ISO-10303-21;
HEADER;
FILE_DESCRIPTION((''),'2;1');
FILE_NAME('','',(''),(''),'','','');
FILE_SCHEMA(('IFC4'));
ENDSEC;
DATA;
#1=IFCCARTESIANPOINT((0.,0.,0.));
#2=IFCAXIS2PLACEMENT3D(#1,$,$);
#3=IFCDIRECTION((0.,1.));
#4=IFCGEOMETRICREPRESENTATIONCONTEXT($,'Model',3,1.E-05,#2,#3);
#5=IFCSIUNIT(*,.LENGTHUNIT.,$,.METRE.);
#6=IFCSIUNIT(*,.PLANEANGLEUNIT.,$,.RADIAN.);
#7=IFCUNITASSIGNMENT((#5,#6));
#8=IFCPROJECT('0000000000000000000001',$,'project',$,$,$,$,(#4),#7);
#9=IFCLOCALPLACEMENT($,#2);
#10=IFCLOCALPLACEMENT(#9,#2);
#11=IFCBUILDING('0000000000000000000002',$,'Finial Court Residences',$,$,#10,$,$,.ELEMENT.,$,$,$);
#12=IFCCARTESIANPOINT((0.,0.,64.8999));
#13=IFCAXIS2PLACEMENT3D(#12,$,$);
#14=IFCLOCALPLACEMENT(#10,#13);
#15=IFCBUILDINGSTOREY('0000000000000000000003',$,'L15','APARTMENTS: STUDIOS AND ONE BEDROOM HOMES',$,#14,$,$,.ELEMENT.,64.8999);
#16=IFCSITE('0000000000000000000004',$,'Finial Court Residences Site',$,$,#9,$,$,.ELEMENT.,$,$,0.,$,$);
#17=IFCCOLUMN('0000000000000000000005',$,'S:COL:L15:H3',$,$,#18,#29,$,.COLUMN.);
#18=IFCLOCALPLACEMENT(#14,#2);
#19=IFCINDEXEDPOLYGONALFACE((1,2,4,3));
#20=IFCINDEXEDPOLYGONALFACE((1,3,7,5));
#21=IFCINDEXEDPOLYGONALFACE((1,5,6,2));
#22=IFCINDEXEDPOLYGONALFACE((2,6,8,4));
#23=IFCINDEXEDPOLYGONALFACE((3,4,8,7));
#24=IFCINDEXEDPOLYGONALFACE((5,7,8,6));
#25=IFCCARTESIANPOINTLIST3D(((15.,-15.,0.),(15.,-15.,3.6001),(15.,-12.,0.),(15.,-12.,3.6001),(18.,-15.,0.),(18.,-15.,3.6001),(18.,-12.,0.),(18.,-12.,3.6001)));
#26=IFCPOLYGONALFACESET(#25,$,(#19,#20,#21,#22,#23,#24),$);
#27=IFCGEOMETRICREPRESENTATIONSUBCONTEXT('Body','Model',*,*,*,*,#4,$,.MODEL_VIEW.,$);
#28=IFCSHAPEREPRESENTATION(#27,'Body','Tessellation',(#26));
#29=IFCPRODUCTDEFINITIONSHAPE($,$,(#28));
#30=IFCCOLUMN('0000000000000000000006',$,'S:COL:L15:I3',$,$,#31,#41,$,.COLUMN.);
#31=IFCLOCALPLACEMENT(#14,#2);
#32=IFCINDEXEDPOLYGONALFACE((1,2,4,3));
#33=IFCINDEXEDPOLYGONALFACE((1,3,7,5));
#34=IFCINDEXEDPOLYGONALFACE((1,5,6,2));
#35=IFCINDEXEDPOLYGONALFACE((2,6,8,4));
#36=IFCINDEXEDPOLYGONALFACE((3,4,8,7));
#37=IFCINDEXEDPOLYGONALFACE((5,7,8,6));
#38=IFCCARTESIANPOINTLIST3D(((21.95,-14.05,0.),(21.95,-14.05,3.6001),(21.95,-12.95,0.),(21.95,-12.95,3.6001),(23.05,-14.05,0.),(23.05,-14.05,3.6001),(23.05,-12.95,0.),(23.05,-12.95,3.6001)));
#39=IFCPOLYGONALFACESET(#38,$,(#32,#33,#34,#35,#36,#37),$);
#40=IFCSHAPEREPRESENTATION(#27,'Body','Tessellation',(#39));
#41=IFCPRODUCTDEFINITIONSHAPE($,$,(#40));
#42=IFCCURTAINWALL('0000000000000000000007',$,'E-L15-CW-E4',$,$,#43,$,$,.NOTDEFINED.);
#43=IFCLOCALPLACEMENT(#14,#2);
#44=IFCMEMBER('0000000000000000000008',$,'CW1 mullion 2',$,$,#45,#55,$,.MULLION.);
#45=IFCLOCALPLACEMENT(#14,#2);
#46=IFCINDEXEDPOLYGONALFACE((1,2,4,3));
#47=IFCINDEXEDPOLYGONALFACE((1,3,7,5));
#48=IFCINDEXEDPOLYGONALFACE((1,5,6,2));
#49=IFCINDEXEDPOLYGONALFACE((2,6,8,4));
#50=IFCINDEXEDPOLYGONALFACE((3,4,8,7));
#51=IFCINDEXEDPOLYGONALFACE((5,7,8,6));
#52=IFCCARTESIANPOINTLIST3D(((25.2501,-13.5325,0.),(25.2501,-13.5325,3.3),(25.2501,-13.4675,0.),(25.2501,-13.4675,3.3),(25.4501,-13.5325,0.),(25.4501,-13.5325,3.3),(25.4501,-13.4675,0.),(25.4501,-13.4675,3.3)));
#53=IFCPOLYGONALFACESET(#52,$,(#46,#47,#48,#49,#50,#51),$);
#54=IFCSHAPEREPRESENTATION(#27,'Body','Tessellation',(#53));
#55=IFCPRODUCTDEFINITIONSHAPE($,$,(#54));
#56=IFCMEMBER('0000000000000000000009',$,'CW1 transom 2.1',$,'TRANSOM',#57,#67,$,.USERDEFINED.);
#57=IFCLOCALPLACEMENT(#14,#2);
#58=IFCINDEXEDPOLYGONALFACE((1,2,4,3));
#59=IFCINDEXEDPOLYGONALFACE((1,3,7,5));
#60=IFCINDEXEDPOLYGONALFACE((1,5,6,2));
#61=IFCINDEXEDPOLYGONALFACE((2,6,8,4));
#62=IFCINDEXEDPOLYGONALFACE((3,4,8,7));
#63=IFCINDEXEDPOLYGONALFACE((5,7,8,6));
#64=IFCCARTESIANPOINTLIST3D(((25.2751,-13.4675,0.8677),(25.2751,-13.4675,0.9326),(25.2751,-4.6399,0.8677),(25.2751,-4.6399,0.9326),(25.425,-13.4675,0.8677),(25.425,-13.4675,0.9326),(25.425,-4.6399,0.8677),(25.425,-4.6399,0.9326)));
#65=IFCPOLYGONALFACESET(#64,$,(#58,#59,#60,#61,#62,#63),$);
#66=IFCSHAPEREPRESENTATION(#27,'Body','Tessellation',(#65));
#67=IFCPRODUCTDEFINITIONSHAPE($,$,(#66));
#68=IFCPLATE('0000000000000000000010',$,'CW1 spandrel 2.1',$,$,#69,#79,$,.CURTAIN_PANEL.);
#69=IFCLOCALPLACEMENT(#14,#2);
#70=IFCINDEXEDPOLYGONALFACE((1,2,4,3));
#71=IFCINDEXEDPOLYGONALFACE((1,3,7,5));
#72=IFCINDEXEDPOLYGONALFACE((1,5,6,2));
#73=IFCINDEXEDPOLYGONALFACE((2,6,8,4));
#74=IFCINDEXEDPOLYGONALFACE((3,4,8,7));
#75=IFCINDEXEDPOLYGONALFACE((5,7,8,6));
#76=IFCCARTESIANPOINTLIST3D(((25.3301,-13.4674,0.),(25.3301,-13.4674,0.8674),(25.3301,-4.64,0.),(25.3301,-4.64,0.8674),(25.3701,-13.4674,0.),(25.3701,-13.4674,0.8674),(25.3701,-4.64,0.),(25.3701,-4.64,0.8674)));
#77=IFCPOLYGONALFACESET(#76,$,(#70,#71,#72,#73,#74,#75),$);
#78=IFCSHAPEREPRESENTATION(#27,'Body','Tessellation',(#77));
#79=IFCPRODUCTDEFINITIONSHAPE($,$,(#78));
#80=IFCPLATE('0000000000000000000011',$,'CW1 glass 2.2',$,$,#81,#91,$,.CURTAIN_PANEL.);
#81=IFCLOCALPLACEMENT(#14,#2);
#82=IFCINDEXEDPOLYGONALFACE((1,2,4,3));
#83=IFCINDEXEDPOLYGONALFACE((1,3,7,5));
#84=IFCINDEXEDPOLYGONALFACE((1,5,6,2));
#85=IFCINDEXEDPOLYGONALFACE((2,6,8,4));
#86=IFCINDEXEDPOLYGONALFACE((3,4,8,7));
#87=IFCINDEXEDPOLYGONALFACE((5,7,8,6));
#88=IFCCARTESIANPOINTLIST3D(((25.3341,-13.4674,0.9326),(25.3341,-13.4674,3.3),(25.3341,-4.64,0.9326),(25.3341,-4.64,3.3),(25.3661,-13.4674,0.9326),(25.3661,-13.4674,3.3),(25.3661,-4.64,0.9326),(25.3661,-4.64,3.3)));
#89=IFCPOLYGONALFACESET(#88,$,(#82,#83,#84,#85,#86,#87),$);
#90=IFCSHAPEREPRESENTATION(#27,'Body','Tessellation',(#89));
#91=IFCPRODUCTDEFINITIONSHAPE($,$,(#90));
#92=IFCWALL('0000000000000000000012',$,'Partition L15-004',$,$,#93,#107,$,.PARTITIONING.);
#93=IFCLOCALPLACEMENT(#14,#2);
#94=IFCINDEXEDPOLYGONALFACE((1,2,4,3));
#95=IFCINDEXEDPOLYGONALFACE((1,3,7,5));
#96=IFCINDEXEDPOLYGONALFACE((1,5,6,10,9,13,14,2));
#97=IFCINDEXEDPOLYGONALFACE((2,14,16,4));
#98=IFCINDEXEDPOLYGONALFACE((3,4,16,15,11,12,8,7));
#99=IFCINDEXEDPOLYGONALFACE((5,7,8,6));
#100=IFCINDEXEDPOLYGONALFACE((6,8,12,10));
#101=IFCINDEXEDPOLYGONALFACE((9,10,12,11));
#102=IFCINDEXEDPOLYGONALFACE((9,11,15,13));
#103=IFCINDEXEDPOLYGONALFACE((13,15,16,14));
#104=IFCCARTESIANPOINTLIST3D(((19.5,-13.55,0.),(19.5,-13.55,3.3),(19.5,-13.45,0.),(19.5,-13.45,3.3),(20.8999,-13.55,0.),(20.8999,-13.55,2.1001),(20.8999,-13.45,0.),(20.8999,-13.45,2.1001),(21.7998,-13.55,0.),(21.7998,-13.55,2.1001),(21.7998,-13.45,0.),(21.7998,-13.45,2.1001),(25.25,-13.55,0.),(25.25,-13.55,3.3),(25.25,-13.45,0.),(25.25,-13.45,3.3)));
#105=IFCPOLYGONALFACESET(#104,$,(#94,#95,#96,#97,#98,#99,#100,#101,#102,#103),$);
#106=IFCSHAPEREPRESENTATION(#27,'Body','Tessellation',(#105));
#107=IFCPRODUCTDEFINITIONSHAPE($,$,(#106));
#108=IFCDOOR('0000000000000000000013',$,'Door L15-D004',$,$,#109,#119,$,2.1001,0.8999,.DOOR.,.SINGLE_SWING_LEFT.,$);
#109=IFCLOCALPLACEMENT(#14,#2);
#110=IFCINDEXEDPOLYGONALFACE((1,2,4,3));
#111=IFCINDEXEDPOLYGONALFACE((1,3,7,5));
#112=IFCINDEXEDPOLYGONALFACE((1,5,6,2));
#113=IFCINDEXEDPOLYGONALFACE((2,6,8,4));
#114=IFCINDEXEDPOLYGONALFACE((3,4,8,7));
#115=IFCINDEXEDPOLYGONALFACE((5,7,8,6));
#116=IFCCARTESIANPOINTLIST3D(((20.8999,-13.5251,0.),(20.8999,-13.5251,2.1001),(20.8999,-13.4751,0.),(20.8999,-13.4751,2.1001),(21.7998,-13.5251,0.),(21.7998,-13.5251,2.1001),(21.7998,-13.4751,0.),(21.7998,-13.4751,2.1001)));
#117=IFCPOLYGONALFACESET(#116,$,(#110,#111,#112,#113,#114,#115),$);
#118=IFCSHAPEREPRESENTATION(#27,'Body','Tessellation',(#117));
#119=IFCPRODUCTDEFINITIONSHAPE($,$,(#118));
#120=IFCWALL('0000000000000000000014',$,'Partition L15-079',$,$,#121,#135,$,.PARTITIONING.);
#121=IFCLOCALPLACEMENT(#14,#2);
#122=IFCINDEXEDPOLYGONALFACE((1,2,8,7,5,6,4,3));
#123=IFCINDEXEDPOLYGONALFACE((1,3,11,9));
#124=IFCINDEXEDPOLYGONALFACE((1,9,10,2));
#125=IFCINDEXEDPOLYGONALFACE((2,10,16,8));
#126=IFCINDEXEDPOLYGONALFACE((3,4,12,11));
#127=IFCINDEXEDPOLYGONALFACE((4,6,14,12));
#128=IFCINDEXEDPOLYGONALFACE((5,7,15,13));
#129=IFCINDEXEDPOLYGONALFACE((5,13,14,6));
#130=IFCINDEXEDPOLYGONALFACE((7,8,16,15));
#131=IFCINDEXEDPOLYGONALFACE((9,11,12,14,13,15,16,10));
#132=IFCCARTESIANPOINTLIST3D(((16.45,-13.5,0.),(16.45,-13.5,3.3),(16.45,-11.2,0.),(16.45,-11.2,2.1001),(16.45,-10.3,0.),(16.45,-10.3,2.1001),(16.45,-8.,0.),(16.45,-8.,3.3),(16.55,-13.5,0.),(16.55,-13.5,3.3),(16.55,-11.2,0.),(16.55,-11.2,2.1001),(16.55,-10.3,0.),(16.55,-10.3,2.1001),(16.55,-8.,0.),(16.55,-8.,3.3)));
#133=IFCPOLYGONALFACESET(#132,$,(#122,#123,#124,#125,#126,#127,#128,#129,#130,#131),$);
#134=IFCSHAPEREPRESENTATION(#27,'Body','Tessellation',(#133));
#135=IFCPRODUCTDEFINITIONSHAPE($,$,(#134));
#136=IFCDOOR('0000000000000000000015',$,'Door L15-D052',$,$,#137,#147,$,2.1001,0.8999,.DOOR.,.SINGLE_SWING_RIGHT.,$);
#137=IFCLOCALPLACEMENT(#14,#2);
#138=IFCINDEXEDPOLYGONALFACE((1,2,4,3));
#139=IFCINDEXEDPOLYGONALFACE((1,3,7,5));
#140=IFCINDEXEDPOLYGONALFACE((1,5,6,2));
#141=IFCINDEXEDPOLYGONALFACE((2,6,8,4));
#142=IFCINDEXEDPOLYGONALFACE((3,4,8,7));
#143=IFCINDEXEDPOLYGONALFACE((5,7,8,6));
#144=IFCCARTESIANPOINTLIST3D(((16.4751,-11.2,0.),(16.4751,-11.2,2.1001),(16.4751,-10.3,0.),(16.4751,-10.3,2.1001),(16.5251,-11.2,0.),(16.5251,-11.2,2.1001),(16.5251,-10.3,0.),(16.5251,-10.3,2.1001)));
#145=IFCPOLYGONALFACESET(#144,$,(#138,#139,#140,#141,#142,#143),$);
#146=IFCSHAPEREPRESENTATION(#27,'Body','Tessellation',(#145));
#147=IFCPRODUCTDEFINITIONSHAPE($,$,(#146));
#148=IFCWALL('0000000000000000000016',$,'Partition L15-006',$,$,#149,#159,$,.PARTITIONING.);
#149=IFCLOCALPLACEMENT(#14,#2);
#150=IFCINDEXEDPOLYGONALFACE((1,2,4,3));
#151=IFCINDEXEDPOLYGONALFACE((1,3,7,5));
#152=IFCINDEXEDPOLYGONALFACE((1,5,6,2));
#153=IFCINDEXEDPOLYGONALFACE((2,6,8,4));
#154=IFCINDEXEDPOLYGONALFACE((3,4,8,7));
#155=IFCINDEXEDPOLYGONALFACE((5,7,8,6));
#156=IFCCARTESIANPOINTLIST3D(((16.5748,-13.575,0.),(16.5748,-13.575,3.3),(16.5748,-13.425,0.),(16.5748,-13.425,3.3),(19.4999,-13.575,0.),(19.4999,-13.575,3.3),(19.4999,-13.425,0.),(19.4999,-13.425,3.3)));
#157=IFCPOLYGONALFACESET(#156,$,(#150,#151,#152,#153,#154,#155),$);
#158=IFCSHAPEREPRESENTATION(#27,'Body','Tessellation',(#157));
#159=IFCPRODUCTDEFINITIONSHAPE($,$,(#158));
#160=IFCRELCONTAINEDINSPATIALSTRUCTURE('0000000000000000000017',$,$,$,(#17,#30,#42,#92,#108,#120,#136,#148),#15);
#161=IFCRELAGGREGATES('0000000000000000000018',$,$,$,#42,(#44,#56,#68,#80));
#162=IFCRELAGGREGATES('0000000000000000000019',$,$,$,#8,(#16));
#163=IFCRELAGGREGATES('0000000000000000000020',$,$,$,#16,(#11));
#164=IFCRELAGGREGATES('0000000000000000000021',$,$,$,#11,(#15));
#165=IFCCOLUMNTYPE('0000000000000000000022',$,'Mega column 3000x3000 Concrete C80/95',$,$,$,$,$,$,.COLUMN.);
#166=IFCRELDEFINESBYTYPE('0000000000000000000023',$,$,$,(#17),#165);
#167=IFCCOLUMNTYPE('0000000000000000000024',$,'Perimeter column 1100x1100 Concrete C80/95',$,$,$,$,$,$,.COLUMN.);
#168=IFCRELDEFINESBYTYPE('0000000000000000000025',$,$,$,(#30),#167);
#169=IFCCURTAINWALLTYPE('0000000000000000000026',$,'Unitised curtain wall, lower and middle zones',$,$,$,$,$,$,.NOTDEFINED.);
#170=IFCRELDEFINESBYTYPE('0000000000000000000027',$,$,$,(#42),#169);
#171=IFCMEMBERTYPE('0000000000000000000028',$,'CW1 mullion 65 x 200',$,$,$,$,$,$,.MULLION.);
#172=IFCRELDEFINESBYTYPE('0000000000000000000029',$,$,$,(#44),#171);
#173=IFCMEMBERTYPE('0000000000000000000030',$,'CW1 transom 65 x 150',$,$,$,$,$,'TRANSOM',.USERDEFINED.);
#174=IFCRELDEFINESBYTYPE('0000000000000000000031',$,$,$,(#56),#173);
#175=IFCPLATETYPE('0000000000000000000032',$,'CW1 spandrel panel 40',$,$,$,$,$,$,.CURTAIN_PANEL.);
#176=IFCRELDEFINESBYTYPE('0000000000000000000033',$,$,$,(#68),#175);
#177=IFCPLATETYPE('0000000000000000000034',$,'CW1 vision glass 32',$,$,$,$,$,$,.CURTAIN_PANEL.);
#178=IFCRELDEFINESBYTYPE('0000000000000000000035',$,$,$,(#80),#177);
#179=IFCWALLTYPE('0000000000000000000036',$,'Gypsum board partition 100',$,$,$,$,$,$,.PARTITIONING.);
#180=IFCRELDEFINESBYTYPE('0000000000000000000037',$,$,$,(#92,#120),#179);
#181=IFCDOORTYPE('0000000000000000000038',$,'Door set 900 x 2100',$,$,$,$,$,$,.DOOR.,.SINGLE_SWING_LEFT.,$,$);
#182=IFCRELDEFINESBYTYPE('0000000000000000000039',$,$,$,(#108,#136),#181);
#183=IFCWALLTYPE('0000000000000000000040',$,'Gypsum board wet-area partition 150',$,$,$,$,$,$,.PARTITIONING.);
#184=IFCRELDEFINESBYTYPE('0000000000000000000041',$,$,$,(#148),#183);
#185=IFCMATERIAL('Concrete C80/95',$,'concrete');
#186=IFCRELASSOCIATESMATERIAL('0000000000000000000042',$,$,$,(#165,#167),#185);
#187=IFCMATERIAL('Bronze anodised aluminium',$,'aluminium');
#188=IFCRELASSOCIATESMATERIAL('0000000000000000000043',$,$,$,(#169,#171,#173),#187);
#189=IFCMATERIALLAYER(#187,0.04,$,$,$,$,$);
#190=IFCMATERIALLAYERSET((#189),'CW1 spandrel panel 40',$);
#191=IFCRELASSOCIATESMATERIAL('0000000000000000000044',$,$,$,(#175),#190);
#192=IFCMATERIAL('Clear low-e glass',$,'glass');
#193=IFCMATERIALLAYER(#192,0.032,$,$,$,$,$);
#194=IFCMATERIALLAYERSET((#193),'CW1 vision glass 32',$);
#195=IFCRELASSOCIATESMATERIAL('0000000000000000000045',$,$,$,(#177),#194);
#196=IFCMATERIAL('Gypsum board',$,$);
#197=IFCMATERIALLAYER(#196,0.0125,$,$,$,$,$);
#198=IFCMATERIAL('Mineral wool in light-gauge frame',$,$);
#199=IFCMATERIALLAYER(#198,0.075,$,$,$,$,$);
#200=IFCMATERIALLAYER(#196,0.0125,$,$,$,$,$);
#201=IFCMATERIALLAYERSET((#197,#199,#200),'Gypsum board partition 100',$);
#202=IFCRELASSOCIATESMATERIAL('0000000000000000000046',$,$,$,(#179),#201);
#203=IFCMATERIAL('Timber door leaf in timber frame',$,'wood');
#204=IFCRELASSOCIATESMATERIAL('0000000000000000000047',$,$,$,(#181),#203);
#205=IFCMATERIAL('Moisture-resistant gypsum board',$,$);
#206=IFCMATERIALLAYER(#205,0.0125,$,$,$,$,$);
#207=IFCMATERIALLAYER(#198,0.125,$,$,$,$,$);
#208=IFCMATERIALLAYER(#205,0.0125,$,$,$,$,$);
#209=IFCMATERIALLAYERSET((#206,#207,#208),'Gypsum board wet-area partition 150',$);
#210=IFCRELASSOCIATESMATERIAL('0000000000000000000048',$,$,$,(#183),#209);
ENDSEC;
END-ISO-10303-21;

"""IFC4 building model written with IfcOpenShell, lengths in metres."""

from ifc_helpers import new_model, si_unit, direction, frame, frame_2d, origin, origin_2d, place, context, subcontext, project, spatial, rectangle, extrude, material, layer, layer_set, material_profile, profile_set, type_object, element, fill, aggregate, save


model = new_model("IFC4")

# Units and contexts
model_context = context("Model", 3, precision=1e-05, world=origin(), true_north=direction((0.0, 1.0)))
body_context = subcontext(model_context, "Body", "Model", "MODEL_VIEW")
ifc_project = project(units=[si_unit("LENGTHUNIT", "METRE"), si_unit("PLANEANGLEUNIT", "RADIAN")], contexts=[model_context])

# Site, building, storey
site_placement = place(None, origin())
site = spatial("IfcSite", under=ifc_project, at=site_placement, Name="Finial Court Residences Site", CompositionType="ELEMENT", RefElevation=0.0)
building_placement = place(site_placement, origin())
building = spatial("IfcBuilding", under=site, at=building_placement, Name="Finial Court Residences", CompositionType="ELEMENT")
storey_placement = place(building_placement, frame((0.0, 0.0, 64.8999)))
storey = spatial("IfcBuildingStorey", under=building, at=storey_placement, Name="L15", Description="APARTMENTS: STUDIOS AND ONE BEDROOM HOMES", CompositionType="ELEMENT", Elevation=64.8999)

# Columns
ifc_material_1 = material(Name="Concrete C80/95", Category="concrete")
ifc_material_profile_1 = material_profile(ifc_material_1, rectangle(XDim=3.0, YDim=3.0, at=origin_2d()), Name="3000x3000")
ifc_profile_set_1 = profile_set([ifc_material_profile_1], Name="Concrete C80/95")
column_type_1 = type_object("IfcColumnType", Name="Mega column 3000x3000 Concrete C80/95", PredefinedType="COLUMN", material=ifc_profile_set_1)
column_1_placement = place(storey_placement, frame((16.5, -13.5, 0.0), z_axis=(0.0, 0.0, 1.0), x_axis=(1.0, 0.0, 0.0)))
element("IfcColumn", 1, at=column_1_placement, inside=storey, type_object=column_type_1, Name="S:COL:L15:H3", PredefinedType="COLUMN", context=body_context, shape_type="SweptSolid", body=[
    extrude(rectangle(XDim=3.0, YDim=3.0, at=origin_2d()), origin(), (0.0, 0.0, 1.0), 3.6001),
])
ifc_material_profile_2 = material_profile(ifc_material_1, rectangle(XDim=1.1001, YDim=1.1001, at=origin_2d()), Name="1100x1100")
ifc_profile_set_2 = profile_set([ifc_material_profile_2], Name="Concrete C80/95")
column_type_2 = type_object("IfcColumnType", Name="Perimeter column 1100x1100 Concrete C80/95", PredefinedType="COLUMN", material=ifc_profile_set_2)
column_2_placement = place(storey_placement, frame((22.5, -13.5, 0.0), z_axis=(0.0, 0.0, 1.0), x_axis=(1.0, 0.0, 0.0)))
element("IfcColumn", 2, at=column_2_placement, inside=storey, type_object=column_type_2, Name="S:COL:L15:I3", PredefinedType="COLUMN", context=body_context, shape_type="SweptSolid", body=[
    extrude(rectangle(XDim=1.1001, YDim=1.1001, at=origin_2d()), origin(), (0.0, 0.0, 1.0), 3.6001),
])

# Curtain wall, members, plates
ifc_material_2 = material(Name="Bronze anodised aluminium", Category="aluminium")
curtain_wall_type = type_object("IfcCurtainWallType", Name="Unitised curtain wall, lower and middle zones", PredefinedType="NOTDEFINED", material=ifc_material_2)
curtain_wall_placement = place(storey_placement, origin())
curtain_wall = element("IfcCurtainWall", 3, at=curtain_wall_placement, inside=storey, type_object=curtain_wall_type, Name="E-L15-CW-E4", PredefinedType="NOTDEFINED")
ifc_material_profile_3 = material_profile(ifc_material_2, rectangle(XDim=0.2, YDim=0.0649, at=origin_2d()), Name="CW1 mullion 65 x 200")
ifc_profile_set_3 = profile_set([ifc_material_profile_3], Name="Bronze anodised aluminium")
member_type_1 = type_object("IfcMemberType", Name="CW1 mullion 65 x 200", PredefinedType="MULLION", material=ifc_profile_set_3)
member_1_placement = place(storey_placement, frame((25.3501, -13.5, 0.0), z_axis=(0.0, 0.0, 1.0), x_axis=(-1.0, 0.0, 0.0)))
member_1 = element("IfcMember", 4, at=member_1_placement, type_object=member_type_1, Name="CW1 mullion 2", PredefinedType="MULLION", context=body_context, shape_type="SweptSolid", body=[
    extrude(rectangle(XDim=0.2, YDim=0.0649, at=origin_2d()), origin(), (0.0, 0.0, 1.0), 3.3),
])
ifc_material_profile_4 = material_profile(ifc_material_2, rectangle(XDim=0.1499, YDim=0.0649, at=origin_2d()), Name="CW1 transom 65 x 150")
ifc_profile_set_4 = profile_set([ifc_material_profile_4], Name="Bronze anodised aluminium")
member_type_2 = type_object("IfcMemberType", Name="CW1 transom 65 x 150", ElementType="TRANSOM", PredefinedType="USERDEFINED", material=ifc_profile_set_4)
member_2_placement = place(storey_placement, frame((25.3501, -13.4675, 0.9001), z_axis=(0.0, 1.0, 0.0), x_axis=(-1.0, 0.0, 0.0)))
member_2 = element("IfcMember", 5, at=member_2_placement, type_object=member_type_2, Name="CW1 transom 2.1", ObjectType="TRANSOM", PredefinedType="USERDEFINED", context=body_context, shape_type="SweptSolid", body=[
    extrude(rectangle(XDim=0.1499, YDim=0.0649, at=origin_2d()), origin(), (0.0, 0.0, 1.0), 8.8276),
])
ifc_layer_1 = layer(ifc_material_2, 0.04)
ifc_layer_set_1 = layer_set([ifc_layer_1], Name="CW1 spandrel panel 40")
plate_type_1 = type_object("IfcPlateType", Name="CW1 spandrel panel 40", PredefinedType="CURTAIN_PANEL", material=ifc_layer_set_1)
plate_1_placement = place(storey_placement, frame((25.3501, -9.0537, 0.0), z_axis=(0.0, 0.0, 1.0), x_axis=(0.0, 1.0, 0.0)))
plate_1 = element("IfcPlate", 6, at=plate_1_placement, type_object=plate_type_1, Name="CW1 spandrel 2.1", PredefinedType="CURTAIN_PANEL", context=body_context, shape_type="SweptSolid", body=[
    extrude(rectangle(XDim=8.8274, YDim=0.04, at=origin_2d()), origin(), (0.0, 0.0, 1.0), 0.8674),
])
ifc_material_3 = material(Name="Clear low-e glass", Category="glass")
ifc_layer_2 = layer(ifc_material_3, 0.032)
ifc_layer_set_2 = layer_set([ifc_layer_2], Name="CW1 vision glass 32")
plate_type_2 = type_object("IfcPlateType", Name="CW1 vision glass 32", PredefinedType="CURTAIN_PANEL", material=ifc_layer_set_2)
plate_2_placement = place(storey_placement, frame((25.3501, -9.0537, 0.9326), z_axis=(0.0, 0.0, 1.0), x_axis=(0.0, 1.0, 0.0)))
plate_2 = element("IfcPlate", 7, at=plate_2_placement, type_object=plate_type_2, Name="CW1 glass 2.2", PredefinedType="CURTAIN_PANEL", context=body_context, shape_type="SweptSolid", body=[
    extrude(rectangle(XDim=8.8274, YDim=0.032, at=origin_2d()), origin(), (0.0, 0.0, 1.0), 2.3674),
])
aggregate(curtain_wall, [member_1, member_2, plate_1, plate_2])

# Walls, openings, doors
ifc_material_4 = material(Name="Gypsum board")
ifc_layer_3 = layer(ifc_material_4, 0.0125)
ifc_material_5 = material(Name="Mineral wool in light-gauge frame")
ifc_layer_4 = layer(ifc_material_5, 0.075)
ifc_layer_5 = layer(ifc_material_4, 0.0125)
ifc_layer_set_3 = layer_set([ifc_layer_3, ifc_layer_4, ifc_layer_5], Name="Gypsum board partition 100")
wall_type_1 = type_object("IfcWallType", Name="Gypsum board partition 100", PredefinedType="PARTITIONING", material=ifc_layer_set_3)
wall_1_placement = place(storey_placement, frame((19.5, -13.5, 0.0), z_axis=(0.0, 0.0, 1.0), x_axis=(1.0, 0.0, 0.0)))
wall_1 = element("IfcWall", 8, at=wall_1_placement, inside=storey, type_object=wall_type_1, Name="Partition L15-004", PredefinedType="PARTITIONING", context=body_context, shape_type="SweptSolid", body=[
    extrude(rectangle(XDim=5.75, YDim=0.1001, at=frame_2d((2.875, 0.0))), origin(), (0.0, 0.0, 1.0), 3.3),
])
opening_1_placement = place(wall_1_placement, frame((1.3999, 0.0, 0.0)))
opening_1 = element("IfcOpeningElement", 9, at=opening_1_placement, cuts=wall_1, PredefinedType="OPENING", context=body_context, shape_type="SweptSolid", body=[
    extrude(rectangle(XDim=0.8999, YDim=2.1001, at=frame_2d((0.45, 1.05))), frame((0.0, 0.0601, 0.0), z_axis=(0.0, -1.0, 0.0), x_axis=(1.0, 0.0, 0.0)), (0.0, 0.0, 1.0), 0.1201),
])
ifc_material_6 = material(Name="Timber door leaf in timber frame", Category="wood")
door_type_1 = type_object("IfcDoorType", Name="Door set 900 x 2100", OperationType="SINGLE_SWING_LEFT", PredefinedType="DOOR", material=ifc_material_6)
door_1_placement = place(opening_1_placement, origin())
door_1 = element("IfcDoor", 10, at=door_1_placement, inside=storey, type_object=door_type_1, Name="Door L15-D004", OperationType="SINGLE_SWING_LEFT", OverallHeight=2.1001, OverallWidth=0.8999, PredefinedType="DOOR", context=body_context, shape_type="SweptSolid", body=[
    extrude(rectangle(XDim=0.8999, YDim=2.1001, at=frame_2d((0.45, 1.05))), frame((0.0, 0.0249, 0.0), z_axis=(0.0, -1.0, 0.0), x_axis=(1.0, 0.0, 0.0)), (0.0, 0.0, 1.0), 0.05),
])
fill(opening_1, door_1)
wall_2_placement = place(storey_placement, frame((16.5, -13.5, 0.0), z_axis=(0.0, 0.0, 1.0), x_axis=(0.0, 1.0, 0.0)))
wall_2 = element("IfcWall", 11, at=wall_2_placement, inside=storey, type_object=wall_type_1, Name="Partition L15-079", PredefinedType="PARTITIONING", context=body_context, shape_type="SweptSolid", body=[
    extrude(rectangle(XDim=5.5, YDim=0.1001, at=frame_2d((2.75, 0.0))), origin(), (0.0, 0.0, 1.0), 3.3),
])
opening_2_placement = place(wall_2_placement, frame((2.3, 0.0, 0.0)))
opening_2 = element("IfcOpeningElement", 12, at=opening_2_placement, cuts=wall_2, PredefinedType="OPENING", context=body_context, shape_type="SweptSolid", body=[
    extrude(rectangle(XDim=0.8999, YDim=2.1001, at=frame_2d((0.45, 1.05))), frame((0.0, 0.0601, 0.0), z_axis=(0.0, -1.0, 0.0), x_axis=(1.0, 0.0, 0.0)), (0.0, 0.0, 1.0), 0.1201),
])
door_2_placement = place(opening_2_placement, origin())
door_2 = element("IfcDoor", 13, at=door_2_placement, inside=storey, type_object=door_type_1, Name="Door L15-D052", OperationType="SINGLE_SWING_RIGHT", OverallHeight=2.1001, OverallWidth=0.8999, PredefinedType="DOOR", context=body_context, shape_type="SweptSolid", body=[
    extrude(rectangle(XDim=0.8999, YDim=2.1001, at=frame_2d((0.45, 1.05))), frame((0.0, 0.0249, 0.0), z_axis=(0.0, -1.0, 0.0), x_axis=(1.0, 0.0, 0.0)), (0.0, 0.0, 1.0), 0.05),
])
fill(opening_2, door_2)

# Wall
ifc_material_7 = material(Name="Moisture-resistant gypsum board")
ifc_layer_6 = layer(ifc_material_7, 0.0125)
ifc_layer_7 = layer(ifc_material_5, 0.125)
ifc_layer_8 = layer(ifc_material_7, 0.0125)
ifc_layer_set_4 = layer_set([ifc_layer_6, ifc_layer_7, ifc_layer_8], Name="Gypsum board wet-area partition 150")
wall_type_2 = type_object("IfcWallType", Name="Gypsum board wet-area partition 150", PredefinedType="PARTITIONING", material=ifc_layer_set_4)
wall_3_placement = place(storey_placement, frame((16.575, -13.5, 0.0), z_axis=(0.0, 0.0, 1.0), x_axis=(1.0, 0.0, 0.0)))
element("IfcWall", 14, at=wall_3_placement, inside=storey, type_object=wall_type_2, Name="Partition L15-006", PredefinedType="PARTITIONING", context=body_context, shape_type="SweptSolid", body=[
    extrude(rectangle(XDim=2.925, YDim=0.1499, at=frame_2d((1.4624, 0.0))), origin(), (0.0, 0.0, 1.0), 3.3),
])

save(model, "model.ifc")
